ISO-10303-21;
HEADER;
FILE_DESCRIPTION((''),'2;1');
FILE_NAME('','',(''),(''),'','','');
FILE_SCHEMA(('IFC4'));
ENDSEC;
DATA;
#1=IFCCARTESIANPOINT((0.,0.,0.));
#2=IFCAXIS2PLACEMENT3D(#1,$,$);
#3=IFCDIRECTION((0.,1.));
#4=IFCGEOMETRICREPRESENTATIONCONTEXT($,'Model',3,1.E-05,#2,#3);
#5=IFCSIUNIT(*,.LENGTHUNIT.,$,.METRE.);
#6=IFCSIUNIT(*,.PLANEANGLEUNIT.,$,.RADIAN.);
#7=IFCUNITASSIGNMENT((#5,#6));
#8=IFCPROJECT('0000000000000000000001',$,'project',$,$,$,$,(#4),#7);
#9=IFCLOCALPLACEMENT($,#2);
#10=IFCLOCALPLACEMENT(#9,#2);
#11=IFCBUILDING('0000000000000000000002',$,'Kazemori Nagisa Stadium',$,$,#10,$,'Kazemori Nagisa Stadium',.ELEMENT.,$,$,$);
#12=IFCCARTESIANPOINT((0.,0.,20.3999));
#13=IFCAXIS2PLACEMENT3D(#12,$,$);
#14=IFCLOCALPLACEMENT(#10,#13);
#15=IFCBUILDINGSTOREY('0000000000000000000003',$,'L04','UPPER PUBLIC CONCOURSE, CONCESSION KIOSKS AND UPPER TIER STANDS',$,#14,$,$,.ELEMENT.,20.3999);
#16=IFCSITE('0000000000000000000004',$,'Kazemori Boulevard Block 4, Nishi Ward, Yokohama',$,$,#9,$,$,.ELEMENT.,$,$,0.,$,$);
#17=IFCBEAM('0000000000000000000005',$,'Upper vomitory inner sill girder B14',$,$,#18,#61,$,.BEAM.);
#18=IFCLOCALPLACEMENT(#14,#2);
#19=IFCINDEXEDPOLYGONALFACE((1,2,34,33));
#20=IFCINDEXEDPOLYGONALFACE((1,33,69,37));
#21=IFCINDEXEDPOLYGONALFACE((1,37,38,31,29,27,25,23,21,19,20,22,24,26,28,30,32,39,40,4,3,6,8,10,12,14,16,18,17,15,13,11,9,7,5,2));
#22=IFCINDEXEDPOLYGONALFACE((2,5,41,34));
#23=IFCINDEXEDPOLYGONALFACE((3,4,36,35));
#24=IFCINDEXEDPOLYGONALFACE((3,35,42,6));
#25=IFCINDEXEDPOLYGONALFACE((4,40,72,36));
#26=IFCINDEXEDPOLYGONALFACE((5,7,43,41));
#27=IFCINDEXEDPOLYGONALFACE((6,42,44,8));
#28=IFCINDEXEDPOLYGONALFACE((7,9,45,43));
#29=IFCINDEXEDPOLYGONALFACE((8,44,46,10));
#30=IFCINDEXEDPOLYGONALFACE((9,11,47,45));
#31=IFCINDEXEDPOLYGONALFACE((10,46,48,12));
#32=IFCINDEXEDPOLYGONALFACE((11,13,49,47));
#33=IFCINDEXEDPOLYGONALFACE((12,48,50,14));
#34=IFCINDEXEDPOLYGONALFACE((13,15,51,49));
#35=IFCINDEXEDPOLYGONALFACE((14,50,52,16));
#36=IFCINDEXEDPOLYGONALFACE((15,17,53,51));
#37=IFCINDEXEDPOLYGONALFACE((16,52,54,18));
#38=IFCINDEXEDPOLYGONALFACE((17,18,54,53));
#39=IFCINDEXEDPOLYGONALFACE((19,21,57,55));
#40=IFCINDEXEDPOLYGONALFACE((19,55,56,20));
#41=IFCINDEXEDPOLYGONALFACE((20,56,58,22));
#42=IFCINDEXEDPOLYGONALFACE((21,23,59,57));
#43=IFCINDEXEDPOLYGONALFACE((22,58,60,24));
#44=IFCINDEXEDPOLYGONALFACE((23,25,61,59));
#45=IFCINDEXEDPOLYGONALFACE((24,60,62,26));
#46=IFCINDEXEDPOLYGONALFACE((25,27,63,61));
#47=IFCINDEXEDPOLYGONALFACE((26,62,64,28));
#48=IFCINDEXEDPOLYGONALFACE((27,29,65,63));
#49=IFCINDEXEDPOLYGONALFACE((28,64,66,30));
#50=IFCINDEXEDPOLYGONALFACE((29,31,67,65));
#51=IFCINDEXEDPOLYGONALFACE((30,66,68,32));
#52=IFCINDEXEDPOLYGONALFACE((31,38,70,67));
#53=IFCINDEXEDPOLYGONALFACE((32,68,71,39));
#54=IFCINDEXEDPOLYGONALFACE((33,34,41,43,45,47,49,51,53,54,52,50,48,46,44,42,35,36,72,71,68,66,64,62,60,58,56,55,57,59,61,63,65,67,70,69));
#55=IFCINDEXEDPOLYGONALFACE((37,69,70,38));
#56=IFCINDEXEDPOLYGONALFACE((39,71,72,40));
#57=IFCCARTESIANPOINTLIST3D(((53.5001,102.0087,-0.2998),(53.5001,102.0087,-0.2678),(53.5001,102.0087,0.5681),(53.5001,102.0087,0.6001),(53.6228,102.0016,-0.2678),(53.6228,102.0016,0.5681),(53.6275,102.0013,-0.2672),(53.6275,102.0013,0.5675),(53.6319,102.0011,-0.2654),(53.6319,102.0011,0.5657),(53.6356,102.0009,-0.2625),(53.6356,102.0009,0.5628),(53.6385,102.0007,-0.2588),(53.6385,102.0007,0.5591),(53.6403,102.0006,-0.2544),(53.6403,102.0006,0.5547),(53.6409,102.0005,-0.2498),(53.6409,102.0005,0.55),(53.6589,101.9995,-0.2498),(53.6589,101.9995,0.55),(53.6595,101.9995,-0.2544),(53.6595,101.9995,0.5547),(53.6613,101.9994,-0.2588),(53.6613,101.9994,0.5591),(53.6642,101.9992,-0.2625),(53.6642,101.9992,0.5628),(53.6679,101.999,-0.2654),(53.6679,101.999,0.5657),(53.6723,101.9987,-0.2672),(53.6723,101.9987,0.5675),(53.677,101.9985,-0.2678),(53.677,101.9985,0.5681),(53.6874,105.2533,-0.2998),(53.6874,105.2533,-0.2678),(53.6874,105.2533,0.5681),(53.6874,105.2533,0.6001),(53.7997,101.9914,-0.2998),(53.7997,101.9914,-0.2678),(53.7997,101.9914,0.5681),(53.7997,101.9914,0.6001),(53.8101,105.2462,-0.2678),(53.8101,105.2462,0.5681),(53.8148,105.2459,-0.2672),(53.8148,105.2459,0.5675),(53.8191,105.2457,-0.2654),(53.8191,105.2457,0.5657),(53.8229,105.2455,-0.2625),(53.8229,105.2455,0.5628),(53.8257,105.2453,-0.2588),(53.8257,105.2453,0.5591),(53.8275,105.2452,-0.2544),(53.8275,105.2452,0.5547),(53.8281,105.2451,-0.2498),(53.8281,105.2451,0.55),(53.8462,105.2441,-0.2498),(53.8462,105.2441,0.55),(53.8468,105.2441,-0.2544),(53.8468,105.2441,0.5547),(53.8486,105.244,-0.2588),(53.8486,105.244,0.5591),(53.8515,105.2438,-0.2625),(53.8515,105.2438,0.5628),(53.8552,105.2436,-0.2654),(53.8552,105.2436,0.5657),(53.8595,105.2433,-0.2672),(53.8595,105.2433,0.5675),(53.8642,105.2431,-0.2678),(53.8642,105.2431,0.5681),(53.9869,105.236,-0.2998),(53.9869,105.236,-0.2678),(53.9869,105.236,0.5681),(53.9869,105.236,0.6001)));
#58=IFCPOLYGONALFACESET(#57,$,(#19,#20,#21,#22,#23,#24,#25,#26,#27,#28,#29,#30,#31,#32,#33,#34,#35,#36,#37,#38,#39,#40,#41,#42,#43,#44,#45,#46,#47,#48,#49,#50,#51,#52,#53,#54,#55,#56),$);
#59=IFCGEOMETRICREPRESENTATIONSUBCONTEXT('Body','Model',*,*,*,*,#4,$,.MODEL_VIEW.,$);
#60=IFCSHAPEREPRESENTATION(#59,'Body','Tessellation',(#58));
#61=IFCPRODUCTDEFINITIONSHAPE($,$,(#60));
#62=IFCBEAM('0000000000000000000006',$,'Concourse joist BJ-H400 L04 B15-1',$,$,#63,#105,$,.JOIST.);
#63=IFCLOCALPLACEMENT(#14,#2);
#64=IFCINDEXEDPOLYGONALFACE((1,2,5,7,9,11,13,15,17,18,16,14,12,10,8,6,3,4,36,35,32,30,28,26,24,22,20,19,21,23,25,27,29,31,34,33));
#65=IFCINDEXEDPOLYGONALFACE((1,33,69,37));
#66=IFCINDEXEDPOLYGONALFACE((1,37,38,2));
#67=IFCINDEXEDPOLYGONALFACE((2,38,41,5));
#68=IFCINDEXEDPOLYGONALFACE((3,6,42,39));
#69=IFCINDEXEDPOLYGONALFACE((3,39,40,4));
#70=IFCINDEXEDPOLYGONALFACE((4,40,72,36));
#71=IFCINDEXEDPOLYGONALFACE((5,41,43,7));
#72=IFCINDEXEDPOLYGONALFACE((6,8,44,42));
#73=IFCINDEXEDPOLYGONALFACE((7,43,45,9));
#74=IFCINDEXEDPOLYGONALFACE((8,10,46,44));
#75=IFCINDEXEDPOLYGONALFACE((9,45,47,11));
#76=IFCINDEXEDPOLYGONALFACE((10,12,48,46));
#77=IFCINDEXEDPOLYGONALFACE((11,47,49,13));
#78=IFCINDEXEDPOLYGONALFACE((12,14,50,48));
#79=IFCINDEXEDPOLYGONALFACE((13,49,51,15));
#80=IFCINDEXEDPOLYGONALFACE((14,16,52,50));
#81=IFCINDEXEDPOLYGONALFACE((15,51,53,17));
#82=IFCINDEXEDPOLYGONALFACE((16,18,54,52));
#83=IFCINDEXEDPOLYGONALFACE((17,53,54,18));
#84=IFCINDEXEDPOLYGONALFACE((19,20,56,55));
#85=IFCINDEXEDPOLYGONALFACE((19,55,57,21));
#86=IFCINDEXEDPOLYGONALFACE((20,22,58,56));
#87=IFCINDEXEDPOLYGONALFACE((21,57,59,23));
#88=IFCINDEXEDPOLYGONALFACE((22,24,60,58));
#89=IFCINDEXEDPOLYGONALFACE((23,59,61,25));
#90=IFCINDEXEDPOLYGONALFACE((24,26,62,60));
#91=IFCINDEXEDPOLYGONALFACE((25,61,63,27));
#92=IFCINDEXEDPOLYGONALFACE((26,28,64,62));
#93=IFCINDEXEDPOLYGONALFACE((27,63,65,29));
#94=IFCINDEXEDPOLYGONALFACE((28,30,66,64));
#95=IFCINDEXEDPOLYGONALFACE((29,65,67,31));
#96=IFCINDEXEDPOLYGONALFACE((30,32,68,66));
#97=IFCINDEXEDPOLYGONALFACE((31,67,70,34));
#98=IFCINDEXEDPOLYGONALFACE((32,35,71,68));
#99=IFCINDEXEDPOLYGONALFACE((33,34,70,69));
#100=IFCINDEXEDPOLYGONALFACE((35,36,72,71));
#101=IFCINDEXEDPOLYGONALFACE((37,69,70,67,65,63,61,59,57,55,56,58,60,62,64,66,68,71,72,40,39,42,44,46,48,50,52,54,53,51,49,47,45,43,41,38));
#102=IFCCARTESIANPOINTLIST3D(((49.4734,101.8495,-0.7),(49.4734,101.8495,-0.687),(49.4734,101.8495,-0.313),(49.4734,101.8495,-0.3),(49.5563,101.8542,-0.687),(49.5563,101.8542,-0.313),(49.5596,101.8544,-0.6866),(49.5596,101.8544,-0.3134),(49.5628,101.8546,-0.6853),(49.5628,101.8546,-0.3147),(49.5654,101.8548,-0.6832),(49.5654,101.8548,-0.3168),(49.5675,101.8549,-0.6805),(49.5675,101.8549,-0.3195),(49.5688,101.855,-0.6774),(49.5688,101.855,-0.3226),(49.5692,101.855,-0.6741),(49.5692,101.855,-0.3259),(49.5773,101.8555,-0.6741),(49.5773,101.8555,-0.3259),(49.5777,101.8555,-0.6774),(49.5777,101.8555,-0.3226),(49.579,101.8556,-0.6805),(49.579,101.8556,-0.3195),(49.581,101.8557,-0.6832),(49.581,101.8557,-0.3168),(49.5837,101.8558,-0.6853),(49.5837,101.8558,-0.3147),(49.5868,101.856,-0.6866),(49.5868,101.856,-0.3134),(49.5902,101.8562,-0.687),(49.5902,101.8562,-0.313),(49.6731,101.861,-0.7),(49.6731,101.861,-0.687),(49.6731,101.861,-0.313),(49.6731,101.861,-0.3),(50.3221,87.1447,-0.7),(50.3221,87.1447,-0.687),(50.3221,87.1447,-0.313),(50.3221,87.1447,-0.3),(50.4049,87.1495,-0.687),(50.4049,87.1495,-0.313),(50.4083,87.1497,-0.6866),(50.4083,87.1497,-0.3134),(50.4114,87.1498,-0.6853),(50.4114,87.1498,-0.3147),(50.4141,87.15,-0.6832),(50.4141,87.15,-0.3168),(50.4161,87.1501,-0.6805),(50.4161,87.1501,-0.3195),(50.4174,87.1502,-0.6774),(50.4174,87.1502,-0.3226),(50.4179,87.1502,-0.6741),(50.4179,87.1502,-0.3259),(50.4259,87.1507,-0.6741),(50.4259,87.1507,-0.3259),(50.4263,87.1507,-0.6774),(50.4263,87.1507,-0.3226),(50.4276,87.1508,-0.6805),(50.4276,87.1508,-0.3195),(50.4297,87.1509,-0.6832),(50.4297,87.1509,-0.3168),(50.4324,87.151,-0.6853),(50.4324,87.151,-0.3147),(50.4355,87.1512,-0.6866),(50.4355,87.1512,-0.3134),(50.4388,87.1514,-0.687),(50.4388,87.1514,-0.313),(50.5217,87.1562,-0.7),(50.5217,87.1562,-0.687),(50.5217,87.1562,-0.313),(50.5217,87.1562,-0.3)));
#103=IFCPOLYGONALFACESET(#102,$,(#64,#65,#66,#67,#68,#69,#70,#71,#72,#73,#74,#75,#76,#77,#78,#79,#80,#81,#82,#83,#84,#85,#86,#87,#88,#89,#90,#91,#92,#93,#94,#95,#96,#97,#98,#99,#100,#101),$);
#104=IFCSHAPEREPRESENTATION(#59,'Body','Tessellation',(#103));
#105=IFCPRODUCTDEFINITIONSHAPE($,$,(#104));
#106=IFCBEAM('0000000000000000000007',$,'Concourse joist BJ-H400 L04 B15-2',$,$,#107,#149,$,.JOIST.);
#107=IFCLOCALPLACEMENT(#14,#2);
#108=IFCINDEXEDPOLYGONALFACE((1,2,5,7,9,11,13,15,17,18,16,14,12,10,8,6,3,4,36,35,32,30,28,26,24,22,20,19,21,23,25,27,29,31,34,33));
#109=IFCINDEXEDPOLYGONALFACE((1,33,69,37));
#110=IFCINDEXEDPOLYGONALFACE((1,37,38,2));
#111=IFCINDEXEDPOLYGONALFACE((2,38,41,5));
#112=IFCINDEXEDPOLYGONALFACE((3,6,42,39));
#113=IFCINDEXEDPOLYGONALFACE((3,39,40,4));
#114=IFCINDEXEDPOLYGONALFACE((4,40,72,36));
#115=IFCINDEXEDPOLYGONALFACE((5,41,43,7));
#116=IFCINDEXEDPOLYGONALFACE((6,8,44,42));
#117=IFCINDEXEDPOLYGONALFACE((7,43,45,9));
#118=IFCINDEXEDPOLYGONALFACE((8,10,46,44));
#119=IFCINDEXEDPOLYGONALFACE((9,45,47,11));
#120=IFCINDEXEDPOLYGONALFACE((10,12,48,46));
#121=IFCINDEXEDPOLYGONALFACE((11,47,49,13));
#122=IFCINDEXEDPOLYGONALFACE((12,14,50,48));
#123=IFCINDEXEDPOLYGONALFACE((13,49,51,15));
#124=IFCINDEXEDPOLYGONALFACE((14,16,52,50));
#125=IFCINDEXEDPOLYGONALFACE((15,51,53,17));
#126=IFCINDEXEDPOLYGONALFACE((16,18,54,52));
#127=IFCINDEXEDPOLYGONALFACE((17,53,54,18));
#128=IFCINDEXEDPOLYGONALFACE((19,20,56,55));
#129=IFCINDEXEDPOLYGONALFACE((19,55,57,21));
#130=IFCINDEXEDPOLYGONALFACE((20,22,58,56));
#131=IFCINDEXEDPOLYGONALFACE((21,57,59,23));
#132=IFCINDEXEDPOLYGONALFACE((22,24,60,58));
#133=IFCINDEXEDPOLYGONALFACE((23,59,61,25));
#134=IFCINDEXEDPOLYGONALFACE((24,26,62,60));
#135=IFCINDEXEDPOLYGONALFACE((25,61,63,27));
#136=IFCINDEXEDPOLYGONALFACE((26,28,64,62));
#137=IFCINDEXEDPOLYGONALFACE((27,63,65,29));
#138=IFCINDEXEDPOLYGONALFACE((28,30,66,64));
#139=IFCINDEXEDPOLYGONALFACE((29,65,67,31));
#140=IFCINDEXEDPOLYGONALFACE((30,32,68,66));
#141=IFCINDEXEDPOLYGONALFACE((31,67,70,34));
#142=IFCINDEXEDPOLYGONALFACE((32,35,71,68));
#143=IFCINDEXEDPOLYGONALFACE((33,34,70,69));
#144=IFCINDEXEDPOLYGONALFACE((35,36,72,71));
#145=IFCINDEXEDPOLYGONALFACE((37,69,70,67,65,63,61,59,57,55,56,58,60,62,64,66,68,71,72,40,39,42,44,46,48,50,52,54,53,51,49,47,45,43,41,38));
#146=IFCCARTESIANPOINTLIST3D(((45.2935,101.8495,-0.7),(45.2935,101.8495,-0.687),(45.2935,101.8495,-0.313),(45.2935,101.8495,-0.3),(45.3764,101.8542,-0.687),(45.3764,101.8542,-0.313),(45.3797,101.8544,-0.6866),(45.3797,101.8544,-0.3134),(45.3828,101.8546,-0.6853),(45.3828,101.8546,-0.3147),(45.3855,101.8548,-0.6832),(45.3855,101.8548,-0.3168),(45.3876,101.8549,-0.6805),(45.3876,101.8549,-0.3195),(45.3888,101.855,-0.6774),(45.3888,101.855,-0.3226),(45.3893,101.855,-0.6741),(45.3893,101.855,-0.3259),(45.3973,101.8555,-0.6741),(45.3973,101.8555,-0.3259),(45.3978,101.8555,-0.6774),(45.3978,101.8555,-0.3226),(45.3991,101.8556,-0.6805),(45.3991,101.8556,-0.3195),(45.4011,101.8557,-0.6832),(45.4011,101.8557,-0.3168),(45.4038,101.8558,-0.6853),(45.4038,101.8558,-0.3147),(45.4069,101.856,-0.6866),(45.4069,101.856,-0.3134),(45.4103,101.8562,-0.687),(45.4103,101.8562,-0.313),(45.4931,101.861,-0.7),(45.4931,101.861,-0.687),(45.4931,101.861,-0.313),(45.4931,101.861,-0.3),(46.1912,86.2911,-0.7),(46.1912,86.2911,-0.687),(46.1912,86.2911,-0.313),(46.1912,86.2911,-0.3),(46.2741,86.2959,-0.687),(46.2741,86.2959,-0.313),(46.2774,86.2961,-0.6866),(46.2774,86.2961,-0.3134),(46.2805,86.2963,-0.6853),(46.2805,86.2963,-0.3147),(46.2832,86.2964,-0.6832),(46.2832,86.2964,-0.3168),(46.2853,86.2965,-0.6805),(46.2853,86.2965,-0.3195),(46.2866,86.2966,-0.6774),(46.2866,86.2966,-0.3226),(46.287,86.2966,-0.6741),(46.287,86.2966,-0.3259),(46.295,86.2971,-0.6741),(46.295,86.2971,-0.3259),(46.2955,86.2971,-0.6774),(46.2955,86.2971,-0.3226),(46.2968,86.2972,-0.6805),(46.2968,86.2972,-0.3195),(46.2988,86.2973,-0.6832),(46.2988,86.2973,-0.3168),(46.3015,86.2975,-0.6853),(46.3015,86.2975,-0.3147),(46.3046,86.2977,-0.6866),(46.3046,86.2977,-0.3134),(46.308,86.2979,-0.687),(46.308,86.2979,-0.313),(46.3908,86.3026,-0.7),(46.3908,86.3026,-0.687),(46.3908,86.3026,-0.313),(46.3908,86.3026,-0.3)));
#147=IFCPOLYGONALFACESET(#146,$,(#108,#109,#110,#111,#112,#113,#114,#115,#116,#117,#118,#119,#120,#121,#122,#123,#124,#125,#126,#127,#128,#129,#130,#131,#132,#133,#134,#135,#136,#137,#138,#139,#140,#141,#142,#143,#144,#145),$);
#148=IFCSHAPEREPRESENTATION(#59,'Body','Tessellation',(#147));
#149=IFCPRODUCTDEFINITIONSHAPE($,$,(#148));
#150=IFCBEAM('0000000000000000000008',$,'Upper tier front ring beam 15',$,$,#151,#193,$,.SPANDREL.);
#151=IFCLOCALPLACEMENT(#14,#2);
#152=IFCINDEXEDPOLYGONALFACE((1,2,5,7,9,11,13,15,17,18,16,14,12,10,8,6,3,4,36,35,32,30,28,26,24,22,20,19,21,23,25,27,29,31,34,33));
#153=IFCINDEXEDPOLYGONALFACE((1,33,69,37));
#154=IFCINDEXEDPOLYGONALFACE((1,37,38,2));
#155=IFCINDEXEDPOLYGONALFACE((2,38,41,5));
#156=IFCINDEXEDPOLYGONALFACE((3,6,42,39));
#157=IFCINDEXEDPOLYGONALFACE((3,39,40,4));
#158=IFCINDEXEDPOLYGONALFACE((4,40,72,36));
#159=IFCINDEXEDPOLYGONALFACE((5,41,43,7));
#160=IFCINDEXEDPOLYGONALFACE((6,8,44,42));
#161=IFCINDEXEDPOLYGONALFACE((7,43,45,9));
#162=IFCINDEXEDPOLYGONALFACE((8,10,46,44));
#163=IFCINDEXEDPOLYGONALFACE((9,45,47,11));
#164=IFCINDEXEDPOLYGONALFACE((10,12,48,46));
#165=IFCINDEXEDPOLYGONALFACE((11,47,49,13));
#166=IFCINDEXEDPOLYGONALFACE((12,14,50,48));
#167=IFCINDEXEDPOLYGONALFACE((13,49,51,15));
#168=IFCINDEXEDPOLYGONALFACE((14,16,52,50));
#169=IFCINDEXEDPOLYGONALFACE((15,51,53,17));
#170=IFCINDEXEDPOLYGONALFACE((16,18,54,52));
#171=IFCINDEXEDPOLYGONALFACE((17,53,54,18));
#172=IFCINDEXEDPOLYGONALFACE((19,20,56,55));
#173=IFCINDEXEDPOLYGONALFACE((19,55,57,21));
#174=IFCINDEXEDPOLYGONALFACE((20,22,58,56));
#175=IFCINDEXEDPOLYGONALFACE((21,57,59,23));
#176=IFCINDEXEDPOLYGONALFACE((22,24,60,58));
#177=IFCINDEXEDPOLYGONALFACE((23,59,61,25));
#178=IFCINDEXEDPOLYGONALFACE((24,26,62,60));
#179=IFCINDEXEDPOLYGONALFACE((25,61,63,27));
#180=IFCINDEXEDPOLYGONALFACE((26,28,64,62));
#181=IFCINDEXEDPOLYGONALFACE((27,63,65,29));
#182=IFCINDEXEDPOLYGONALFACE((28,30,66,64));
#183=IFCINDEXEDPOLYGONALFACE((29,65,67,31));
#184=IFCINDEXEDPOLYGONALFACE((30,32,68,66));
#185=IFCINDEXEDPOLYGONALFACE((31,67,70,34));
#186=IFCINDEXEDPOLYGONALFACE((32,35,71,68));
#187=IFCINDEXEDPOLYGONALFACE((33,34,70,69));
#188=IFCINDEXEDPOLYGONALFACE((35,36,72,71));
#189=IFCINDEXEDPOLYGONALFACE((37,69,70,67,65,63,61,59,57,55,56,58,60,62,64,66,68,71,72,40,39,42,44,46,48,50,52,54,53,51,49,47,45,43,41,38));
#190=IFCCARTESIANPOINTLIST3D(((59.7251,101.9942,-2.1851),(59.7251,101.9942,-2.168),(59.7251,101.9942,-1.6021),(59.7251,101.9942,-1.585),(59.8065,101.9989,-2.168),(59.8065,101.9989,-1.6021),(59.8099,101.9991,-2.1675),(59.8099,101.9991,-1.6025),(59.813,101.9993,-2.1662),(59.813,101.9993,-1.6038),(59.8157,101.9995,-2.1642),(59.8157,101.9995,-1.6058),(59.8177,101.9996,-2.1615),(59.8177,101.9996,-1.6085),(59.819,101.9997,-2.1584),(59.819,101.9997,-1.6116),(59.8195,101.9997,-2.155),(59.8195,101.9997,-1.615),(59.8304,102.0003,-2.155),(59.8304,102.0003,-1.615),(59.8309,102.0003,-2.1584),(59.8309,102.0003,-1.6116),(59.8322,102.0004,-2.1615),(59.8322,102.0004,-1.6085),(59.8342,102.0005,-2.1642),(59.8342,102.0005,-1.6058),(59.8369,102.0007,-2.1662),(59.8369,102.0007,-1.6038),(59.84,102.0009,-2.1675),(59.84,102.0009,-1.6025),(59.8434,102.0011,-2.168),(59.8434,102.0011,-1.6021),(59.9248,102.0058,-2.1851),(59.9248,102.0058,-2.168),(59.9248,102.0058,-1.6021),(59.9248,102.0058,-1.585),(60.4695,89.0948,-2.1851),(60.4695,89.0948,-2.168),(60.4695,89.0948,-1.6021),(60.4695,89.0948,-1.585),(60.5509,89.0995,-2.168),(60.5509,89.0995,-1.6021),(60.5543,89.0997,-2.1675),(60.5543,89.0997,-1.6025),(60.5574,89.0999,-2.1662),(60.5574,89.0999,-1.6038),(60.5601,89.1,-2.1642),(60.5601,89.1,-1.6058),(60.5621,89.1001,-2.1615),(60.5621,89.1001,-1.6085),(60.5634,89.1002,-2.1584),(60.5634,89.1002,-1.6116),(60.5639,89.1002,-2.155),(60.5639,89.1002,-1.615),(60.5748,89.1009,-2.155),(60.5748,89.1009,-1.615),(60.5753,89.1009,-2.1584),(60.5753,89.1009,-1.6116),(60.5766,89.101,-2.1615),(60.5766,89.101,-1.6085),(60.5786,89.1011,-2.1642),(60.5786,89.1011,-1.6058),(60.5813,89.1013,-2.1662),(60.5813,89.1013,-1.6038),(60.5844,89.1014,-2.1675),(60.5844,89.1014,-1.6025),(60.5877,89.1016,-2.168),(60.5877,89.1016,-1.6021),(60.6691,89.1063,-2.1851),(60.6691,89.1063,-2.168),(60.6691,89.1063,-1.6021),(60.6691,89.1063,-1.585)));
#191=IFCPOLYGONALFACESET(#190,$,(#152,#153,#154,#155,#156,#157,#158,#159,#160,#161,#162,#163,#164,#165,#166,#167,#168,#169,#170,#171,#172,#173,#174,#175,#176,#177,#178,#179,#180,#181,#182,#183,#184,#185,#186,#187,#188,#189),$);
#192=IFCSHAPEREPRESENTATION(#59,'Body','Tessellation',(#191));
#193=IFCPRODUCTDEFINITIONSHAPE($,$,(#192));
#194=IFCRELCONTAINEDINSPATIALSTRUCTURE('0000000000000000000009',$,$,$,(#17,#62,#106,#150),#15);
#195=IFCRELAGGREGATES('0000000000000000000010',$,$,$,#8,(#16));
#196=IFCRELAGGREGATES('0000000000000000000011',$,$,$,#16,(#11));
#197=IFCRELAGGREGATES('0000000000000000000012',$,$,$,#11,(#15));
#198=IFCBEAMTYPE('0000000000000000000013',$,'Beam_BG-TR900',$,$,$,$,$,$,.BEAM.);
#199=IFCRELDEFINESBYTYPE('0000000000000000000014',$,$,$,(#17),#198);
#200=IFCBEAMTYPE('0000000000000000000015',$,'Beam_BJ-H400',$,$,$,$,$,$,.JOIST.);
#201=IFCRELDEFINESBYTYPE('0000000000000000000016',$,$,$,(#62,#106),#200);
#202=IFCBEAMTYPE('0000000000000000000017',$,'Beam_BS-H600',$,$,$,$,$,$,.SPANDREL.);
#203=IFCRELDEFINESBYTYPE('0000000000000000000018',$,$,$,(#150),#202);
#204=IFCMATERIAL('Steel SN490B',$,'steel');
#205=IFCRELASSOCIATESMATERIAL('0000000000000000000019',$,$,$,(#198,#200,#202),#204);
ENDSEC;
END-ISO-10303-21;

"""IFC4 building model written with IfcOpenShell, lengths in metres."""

from ifc_helpers import new_model, si_unit, direction, frame, origin, origin_2d, place, context, subcontext, project, spatial, i_section, extrude, material, material_profile, profile_set, type_object, element, save


model = new_model("IFC4")

# Units and contexts
model_context = context("Model", 3, precision=1e-05, world=origin(), true_north=direction((0.0, 1.0)))
body_context = subcontext(model_context, "Body", "Model", "MODEL_VIEW")
ifc_project = project(units=[si_unit("LENGTHUNIT", "METRE"), si_unit("PLANEANGLEUNIT", "RADIAN")], contexts=[model_context])

# Site, building, storey
site_placement = place(None, origin())
site = spatial("IfcSite", under=ifc_project, at=site_placement, Name="Kazemori Boulevard Block 4, Nishi Ward, Yokohama", CompositionType="ELEMENT", RefElevation=0.0)
building_placement = place(site_placement, origin())
building = spatial("IfcBuilding", under=site, at=building_placement, Name="Kazemori Nagisa Stadium", LongName="Kazemori Nagisa Stadium", CompositionType="ELEMENT")
storey_placement = place(building_placement, frame((0.0, 0.0, 20.3999)))
storey = spatial("IfcBuildingStorey", under=building, at=storey_placement, Name="L04", Description="UPPER PUBLIC CONCOURSE, CONCESSION KIOSKS AND UPPER TIER STANDS", CompositionType="ELEMENT", Elevation=20.3999)

# Beams
ifc_material_1 = material(Name="Steel SN490B", Category="steel")
ifc_material_profile_1 = material_profile(ifc_material_1, i_section(OverallWidth=0.3, OverallDepth=0.8999, WebThickness=0.0181, FlangeThickness=0.032, FilletRadius=0.0181, at=origin_2d()), Name="H-900x300x18x32")
ifc_profile_set_1 = profile_set([ifc_material_profile_1], Name="Steel SN490B")
beam_type_1 = type_object("IfcBeamType", Name="Beam_BG-TR900", PredefinedType="BEAM", material=ifc_profile_set_1)
beam_1_placement = place(storey_placement, frame((53.8372, 105.2446, 0.1501), z_axis=(-0.057617, -0.998339, 0.0), x_axis=(0.998339, -0.057617, 0.0)))
element("IfcBeam", 1, at=beam_1_placement, inside=storey, type_object=beam_type_1, Name="Upper vomitory inner sill girder B14", PredefinedType="BEAM", context=body_context, shape_type="SweptSolid", body=[
    extrude(i_section(OverallWidth=0.3, OverallDepth=0.8999, WebThickness=0.0181, FlangeThickness=0.032, FilletRadius=0.0181, at=origin_2d()), origin(), (0.0, 0.0, 1.0), 3.25),
])
ifc_material_profile_2 = material_profile(ifc_material_1, i_section(OverallWidth=0.2, OverallDepth=0.3999, WebThickness=0.0081, FlangeThickness=0.0129, FilletRadius=0.0129, at=origin_2d()), Name="H-400x200x8x13")
ifc_profile_set_2 = profile_set([ifc_material_profile_2], Name="Steel SN490B")
beam_type_2 = type_object("IfcBeamType", Name="Beam_BJ-H400", PredefinedType="JOIST", material=ifc_profile_set_2)
beam_2_placement = place(storey_placement, frame((49.5732, 101.8552, -0.5), z_axis=(0.057615, -0.998339, 0.0), x_axis=(0.998339, 0.057615, 0.0)))
element("IfcBeam", 2, at=beam_2_placement, inside=storey, type_object=beam_type_2, Name="Concourse joist BJ-H400 L04 B15-1", PredefinedType="JOIST", context=body_context, shape_type="SweptSolid", body=[
    extrude(i_section(OverallWidth=0.2, OverallDepth=0.3999, WebThickness=0.0081, FlangeThickness=0.0129, FilletRadius=0.0129, at=origin_2d()), origin(), (0.0, 0.0, 1.0), 14.7292),
])
beam_3_placement = place(storey_placement, frame((45.3933, 101.8552, -0.5), z_axis=(0.057603, -0.99834, 0.0), x_axis=(0.99834, 0.057603, 0.0)))
element("IfcBeam", 3, at=beam_3_placement, inside=storey, type_object=beam_type_2, Name="Concourse joist BJ-H400 L04 B15-2", PredefinedType="JOIST", context=body_context, shape_type="SweptSolid", body=[
    extrude(i_section(OverallWidth=0.2, OverallDepth=0.3999, WebThickness=0.0081, FlangeThickness=0.0129, FilletRadius=0.0129, at=origin_2d()), origin(), (0.0, 0.0, 1.0), 15.5842),
])
ifc_material_profile_3 = material_profile(ifc_material_1, i_section(OverallWidth=0.2, OverallDepth=0.6001, WebThickness=0.011, FlangeThickness=0.0171, FilletRadius=0.0129, at=origin_2d()), Name="H-600x200x11x17")
ifc_profile_set_3 = profile_set([ifc_material_profile_3], Name="Steel SN490B")
beam_type_3 = type_object("IfcBeamType", Name="Beam_BS-H600", PredefinedType="SPANDREL", material=ifc_profile_set_3)
beam_4_placement = place(storey_placement, frame((59.825, 102.0, -1.885), z_axis=(0.057611, -0.998339, 0.0), x_axis=(0.998339, 0.057611, 0.0)))
element("IfcBeam", 4, at=beam_4_placement, inside=storey, type_object=beam_type_3, Name="Upper tier front ring beam 15", PredefinedType="SPANDREL", context=body_context, shape_type="SweptSolid", body=[
    extrude(i_section(OverallWidth=0.2, OverallDepth=0.6001, WebThickness=0.011, FlangeThickness=0.0171, FilletRadius=0.0129, at=origin_2d()), origin(), (0.0, 0.0, 1.0), 12.9209),
])

save(model, "model.ifc")
